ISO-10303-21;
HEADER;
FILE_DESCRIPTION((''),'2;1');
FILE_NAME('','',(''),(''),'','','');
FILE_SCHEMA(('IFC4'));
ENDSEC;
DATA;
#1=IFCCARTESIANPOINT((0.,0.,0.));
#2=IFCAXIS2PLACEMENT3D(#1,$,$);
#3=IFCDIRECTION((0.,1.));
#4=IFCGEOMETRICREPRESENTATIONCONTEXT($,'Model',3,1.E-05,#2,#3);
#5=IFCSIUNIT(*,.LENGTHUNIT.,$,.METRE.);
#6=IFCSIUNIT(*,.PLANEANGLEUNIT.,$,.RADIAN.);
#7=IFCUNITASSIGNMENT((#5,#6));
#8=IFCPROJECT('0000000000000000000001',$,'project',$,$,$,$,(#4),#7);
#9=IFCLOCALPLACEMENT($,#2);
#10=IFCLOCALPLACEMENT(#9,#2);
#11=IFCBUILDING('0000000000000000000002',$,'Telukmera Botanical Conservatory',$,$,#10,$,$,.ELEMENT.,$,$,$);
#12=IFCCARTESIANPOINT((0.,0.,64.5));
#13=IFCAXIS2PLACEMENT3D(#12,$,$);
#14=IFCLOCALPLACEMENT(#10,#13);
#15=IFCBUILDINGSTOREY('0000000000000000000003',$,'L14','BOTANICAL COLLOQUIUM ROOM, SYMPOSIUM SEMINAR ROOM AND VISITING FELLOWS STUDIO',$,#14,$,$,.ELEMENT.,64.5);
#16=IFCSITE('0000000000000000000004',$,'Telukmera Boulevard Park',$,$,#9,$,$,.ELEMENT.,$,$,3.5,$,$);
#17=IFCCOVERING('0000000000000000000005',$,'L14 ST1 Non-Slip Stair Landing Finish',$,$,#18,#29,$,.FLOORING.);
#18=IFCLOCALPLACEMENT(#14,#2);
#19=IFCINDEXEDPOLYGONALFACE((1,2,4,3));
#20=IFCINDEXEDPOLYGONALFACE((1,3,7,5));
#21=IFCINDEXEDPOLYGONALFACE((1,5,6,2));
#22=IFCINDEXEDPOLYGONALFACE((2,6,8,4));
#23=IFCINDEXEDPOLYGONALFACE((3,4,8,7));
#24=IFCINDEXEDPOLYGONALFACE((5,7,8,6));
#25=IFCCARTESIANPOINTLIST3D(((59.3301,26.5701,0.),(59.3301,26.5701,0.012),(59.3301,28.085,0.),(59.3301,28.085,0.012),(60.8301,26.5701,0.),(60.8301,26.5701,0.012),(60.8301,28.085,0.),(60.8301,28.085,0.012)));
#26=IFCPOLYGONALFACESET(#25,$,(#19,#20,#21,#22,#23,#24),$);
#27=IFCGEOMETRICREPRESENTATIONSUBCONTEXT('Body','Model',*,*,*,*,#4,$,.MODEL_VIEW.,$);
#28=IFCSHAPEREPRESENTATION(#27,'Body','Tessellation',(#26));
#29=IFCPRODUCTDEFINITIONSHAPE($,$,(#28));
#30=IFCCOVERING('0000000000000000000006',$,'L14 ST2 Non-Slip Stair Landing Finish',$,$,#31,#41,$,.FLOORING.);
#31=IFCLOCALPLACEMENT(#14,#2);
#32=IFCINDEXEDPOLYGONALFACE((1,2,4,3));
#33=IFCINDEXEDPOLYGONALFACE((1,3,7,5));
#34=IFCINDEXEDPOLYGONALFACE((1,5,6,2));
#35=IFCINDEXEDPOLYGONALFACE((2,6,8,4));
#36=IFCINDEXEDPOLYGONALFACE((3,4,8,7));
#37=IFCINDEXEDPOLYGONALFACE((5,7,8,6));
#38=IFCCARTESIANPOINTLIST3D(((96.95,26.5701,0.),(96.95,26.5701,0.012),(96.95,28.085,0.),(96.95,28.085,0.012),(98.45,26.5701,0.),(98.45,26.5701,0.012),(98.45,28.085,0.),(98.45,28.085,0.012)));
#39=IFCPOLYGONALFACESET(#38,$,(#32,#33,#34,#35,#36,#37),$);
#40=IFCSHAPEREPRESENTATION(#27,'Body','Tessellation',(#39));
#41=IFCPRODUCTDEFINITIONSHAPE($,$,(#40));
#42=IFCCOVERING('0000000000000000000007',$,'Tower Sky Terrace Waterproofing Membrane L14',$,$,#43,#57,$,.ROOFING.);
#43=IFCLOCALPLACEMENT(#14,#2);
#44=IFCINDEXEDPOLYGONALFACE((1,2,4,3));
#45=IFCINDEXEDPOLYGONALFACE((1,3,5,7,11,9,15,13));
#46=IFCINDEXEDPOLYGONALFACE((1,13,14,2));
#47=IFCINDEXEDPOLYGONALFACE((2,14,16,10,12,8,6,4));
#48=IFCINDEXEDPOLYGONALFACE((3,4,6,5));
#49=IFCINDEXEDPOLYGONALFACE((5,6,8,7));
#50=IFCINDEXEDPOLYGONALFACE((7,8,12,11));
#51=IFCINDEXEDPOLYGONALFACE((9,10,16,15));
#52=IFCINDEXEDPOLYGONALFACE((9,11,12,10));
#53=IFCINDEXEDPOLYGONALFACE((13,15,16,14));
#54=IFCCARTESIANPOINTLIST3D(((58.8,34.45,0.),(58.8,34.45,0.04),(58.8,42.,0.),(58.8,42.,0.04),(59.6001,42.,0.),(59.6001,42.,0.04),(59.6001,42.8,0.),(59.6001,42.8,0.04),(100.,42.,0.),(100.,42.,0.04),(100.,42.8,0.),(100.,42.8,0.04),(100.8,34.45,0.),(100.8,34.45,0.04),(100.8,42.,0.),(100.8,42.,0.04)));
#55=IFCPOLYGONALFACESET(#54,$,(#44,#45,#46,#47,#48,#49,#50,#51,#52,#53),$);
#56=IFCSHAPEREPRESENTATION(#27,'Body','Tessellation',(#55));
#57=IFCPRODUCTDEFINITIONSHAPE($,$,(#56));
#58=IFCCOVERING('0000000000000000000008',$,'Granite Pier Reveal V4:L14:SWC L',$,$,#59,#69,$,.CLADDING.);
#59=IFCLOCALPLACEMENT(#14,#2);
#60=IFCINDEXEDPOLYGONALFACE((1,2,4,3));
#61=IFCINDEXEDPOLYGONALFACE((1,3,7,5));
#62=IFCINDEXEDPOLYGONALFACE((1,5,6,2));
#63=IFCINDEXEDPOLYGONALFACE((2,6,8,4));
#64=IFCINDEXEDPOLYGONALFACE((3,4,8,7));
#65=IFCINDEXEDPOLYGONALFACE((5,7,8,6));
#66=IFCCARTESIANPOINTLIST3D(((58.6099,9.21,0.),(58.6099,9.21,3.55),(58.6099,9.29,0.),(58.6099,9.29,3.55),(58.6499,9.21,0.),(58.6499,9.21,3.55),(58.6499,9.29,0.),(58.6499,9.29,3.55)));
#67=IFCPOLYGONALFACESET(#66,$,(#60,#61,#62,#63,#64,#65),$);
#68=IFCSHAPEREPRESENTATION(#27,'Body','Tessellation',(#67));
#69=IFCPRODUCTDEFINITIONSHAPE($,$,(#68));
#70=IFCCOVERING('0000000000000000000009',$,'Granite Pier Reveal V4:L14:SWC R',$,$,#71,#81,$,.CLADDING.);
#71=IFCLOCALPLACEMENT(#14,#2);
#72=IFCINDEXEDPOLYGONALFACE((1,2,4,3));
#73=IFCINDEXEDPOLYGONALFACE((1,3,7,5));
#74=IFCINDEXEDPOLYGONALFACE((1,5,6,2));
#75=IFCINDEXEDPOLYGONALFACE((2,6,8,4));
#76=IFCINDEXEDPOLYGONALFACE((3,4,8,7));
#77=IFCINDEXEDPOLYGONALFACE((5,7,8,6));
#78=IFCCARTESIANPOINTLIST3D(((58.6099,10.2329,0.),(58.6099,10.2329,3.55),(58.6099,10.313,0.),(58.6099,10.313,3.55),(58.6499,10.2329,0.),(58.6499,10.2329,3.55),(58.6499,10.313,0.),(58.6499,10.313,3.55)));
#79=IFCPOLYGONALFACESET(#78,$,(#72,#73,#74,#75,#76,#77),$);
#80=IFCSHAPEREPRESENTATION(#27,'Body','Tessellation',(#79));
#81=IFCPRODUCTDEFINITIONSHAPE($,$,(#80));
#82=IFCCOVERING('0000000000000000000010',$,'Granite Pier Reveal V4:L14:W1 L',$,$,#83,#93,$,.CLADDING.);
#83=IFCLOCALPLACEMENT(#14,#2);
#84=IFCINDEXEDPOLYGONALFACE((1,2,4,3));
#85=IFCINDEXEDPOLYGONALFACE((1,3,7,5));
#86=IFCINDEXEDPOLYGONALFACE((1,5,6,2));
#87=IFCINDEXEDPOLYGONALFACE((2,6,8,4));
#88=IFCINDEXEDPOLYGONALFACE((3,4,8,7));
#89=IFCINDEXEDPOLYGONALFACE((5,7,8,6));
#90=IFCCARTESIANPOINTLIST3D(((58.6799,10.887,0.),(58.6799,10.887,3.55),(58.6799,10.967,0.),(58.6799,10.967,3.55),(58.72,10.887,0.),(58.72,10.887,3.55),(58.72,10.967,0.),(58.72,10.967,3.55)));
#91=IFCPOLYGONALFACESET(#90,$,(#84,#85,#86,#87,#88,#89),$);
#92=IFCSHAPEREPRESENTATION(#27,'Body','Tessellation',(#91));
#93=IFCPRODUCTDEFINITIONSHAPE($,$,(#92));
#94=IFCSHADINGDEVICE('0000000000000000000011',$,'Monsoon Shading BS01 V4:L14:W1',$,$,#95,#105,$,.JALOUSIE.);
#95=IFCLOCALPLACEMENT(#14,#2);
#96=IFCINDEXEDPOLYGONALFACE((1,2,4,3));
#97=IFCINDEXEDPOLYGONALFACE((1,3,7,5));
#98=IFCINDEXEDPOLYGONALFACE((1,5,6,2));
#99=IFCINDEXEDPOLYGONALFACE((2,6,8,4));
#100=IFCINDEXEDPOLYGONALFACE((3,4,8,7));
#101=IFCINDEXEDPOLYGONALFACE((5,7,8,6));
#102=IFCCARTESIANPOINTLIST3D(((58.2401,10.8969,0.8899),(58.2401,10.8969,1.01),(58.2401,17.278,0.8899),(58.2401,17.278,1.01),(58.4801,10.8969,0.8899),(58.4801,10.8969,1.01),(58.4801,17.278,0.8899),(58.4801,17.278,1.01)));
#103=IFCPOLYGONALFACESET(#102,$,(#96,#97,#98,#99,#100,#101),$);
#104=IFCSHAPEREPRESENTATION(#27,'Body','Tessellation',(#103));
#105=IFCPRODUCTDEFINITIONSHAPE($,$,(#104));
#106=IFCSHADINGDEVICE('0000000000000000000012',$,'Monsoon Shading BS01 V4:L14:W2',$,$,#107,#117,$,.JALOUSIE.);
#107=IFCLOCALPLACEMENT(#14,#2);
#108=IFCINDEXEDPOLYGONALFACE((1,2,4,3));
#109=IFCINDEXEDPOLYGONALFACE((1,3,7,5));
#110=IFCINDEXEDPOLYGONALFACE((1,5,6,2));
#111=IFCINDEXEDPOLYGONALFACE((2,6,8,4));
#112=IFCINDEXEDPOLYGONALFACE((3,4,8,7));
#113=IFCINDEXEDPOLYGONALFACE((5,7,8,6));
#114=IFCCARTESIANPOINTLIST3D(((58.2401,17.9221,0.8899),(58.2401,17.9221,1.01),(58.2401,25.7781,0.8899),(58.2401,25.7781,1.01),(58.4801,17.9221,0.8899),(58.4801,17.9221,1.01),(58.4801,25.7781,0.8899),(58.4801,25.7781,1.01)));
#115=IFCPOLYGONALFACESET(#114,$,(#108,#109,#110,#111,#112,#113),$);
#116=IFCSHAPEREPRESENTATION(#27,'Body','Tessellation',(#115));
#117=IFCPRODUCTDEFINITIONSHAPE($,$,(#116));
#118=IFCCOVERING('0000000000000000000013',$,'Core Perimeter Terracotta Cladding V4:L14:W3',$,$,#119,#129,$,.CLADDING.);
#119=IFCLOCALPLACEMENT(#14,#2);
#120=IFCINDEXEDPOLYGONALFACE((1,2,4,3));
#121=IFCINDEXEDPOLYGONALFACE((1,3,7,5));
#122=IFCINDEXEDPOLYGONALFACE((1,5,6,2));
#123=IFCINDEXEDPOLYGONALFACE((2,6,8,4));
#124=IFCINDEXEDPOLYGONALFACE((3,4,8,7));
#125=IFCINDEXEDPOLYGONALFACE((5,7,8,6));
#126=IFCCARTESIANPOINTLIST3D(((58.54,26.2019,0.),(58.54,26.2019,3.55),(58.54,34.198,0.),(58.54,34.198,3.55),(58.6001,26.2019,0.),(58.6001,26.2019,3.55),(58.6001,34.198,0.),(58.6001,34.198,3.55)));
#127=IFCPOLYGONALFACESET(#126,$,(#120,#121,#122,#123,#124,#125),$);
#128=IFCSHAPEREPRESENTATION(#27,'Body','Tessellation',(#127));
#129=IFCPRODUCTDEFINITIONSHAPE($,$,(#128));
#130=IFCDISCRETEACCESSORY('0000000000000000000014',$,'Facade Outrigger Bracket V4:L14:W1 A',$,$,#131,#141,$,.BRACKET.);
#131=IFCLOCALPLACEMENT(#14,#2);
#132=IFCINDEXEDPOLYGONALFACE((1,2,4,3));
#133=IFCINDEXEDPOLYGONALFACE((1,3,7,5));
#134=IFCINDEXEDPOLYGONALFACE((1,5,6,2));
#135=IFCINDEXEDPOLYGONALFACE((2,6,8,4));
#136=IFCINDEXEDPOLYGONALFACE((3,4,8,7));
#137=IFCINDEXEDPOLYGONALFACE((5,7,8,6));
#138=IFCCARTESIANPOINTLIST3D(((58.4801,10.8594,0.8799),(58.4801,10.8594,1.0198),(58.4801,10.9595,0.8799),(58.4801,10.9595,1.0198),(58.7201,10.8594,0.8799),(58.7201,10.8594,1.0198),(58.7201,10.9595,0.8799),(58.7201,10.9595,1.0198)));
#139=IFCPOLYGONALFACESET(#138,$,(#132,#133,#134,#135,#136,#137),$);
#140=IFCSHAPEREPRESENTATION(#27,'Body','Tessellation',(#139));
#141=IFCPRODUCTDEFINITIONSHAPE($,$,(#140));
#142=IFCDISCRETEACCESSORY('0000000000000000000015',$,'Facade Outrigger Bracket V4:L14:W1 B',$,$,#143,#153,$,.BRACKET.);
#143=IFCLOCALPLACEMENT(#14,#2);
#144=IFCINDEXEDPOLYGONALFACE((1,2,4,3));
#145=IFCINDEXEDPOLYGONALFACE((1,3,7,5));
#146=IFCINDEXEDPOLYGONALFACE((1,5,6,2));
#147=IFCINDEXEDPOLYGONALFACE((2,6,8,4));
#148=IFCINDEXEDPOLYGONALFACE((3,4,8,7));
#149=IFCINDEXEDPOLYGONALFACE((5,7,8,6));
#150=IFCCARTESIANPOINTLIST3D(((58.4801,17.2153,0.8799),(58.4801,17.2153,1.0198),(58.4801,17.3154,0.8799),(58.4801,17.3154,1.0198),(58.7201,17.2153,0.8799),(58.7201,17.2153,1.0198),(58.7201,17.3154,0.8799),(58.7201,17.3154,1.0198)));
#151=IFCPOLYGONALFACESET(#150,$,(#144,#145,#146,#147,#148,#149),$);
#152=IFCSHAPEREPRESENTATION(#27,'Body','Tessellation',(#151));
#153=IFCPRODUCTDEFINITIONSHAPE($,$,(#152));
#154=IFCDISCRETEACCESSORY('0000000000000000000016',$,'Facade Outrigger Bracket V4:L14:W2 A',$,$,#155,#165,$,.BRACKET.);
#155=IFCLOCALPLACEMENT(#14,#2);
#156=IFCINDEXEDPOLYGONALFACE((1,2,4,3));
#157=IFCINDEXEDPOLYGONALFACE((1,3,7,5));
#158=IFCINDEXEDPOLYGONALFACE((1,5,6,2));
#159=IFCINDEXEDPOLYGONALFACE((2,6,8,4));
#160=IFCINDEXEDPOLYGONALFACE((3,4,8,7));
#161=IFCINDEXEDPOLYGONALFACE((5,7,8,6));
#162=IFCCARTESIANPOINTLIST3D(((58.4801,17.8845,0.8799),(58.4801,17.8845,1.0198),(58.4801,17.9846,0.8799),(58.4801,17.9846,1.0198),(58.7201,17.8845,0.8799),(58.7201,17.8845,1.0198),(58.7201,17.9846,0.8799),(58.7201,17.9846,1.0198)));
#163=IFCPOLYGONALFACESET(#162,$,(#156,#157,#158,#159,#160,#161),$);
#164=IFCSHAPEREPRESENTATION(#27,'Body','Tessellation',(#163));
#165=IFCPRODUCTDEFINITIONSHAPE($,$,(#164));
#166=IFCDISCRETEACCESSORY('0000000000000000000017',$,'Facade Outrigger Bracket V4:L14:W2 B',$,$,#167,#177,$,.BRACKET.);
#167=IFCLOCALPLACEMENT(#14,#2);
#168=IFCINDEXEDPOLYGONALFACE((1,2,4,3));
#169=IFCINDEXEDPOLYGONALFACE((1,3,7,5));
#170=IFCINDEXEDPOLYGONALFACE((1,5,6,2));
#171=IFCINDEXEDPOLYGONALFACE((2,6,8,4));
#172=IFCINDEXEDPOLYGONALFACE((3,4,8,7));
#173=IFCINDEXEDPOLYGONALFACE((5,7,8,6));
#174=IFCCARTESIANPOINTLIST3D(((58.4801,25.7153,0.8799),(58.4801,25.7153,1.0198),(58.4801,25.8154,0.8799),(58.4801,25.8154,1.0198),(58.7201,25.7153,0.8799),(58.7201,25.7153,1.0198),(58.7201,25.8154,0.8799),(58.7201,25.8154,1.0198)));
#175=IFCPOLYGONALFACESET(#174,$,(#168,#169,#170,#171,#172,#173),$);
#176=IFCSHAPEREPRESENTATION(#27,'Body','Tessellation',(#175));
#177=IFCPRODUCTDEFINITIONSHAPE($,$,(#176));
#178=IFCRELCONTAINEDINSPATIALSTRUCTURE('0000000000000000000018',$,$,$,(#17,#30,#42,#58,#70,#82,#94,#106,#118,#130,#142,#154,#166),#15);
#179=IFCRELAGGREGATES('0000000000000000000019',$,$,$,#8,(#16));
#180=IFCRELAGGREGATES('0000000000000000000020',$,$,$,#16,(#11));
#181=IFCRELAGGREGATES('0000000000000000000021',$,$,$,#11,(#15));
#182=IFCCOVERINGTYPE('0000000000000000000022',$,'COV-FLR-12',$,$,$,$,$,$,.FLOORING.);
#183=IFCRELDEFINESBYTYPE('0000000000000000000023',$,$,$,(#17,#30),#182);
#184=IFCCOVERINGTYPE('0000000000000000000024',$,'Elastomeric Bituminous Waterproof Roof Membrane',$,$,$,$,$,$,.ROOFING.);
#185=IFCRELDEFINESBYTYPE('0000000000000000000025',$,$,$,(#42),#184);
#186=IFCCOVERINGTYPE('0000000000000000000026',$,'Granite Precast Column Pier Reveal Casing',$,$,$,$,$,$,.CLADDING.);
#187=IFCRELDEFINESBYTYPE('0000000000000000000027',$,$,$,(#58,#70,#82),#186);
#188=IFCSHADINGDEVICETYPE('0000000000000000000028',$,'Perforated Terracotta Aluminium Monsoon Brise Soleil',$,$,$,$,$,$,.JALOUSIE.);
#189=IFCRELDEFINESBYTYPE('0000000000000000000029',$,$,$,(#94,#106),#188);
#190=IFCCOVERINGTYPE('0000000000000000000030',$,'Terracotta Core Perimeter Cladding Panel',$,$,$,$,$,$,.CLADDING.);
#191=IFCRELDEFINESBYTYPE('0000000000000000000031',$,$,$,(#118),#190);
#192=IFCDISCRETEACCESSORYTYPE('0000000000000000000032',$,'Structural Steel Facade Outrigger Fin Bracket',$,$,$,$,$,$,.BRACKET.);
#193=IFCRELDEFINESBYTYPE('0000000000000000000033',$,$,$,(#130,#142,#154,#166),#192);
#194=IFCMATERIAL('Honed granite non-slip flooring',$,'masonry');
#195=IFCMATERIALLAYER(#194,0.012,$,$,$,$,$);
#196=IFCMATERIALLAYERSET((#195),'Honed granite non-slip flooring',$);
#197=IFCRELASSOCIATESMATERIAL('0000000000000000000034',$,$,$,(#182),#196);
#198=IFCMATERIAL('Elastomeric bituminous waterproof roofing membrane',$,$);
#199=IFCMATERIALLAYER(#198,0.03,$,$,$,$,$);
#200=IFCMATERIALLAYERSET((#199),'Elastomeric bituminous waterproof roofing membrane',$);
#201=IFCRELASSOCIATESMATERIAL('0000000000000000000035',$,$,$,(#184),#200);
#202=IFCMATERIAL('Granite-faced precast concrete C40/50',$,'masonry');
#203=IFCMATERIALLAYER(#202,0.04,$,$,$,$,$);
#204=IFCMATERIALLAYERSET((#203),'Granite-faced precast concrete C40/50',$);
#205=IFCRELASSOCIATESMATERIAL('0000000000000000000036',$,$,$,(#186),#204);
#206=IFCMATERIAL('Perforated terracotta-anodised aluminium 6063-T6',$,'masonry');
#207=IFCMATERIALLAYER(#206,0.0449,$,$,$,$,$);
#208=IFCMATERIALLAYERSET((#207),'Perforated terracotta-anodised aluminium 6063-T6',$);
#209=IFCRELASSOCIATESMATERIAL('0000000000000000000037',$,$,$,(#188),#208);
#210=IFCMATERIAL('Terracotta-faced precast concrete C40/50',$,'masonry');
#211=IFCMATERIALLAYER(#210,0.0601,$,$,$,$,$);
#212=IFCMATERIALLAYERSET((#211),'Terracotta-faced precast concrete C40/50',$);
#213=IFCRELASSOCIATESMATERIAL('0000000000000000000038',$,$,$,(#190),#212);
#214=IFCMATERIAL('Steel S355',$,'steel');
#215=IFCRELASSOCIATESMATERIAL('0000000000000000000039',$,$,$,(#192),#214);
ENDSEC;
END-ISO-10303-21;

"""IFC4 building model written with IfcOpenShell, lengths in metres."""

from ifc_helpers import new_model, si_unit, direction, frame, origin, origin_2d, place, context, subcontext, project, spatial, polyline, rectangle, outline, extrude, material, layer, layer_set, type_object, element, save


model = new_model("IFC4")

# Units and contexts
model_context = context("Model", 3, precision=1e-05, world=origin(), true_north=direction((0.0, 1.0)))
body_context = subcontext(model_context, "Body", "Model", "MODEL_VIEW")
ifc_project = project(units=[si_unit("LENGTHUNIT", "METRE"), si_unit("PLANEANGLEUNIT", "RADIAN")], contexts=[model_context])

# Site, building, storey
site_placement = place(None, origin())
site = spatial("IfcSite", under=ifc_project, at=site_placement, Name="Telukmera Boulevard Park", CompositionType="ELEMENT", RefElevation=3.5)
building_placement = place(site_placement, origin())
building = spatial("IfcBuilding", under=site, at=building_placement, Name="Telukmera Botanical Conservatory", CompositionType="ELEMENT")
storey_placement = place(building_placement, frame((0.0, 0.0, 64.5)))
storey = spatial("IfcBuildingStorey", under=building, at=storey_placement, Name="L14", Description="BOTANICAL COLLOQUIUM ROOM, SYMPOSIUM SEMINAR ROOM AND VISITING FELLOWS STUDIO", CompositionType="ELEMENT", Elevation=64.5)

# Coverings
ifc_material_1 = material(Name="Honed granite non-slip flooring", Category="masonry")
ifc_layer_1 = layer(ifc_material_1, 0.012)
ifc_layer_set_1 = layer_set([ifc_layer_1], Name="Honed granite non-slip flooring")
covering_type_1 = type_object("IfcCoveringType", Name="COV-FLR-12", PredefinedType="FLOORING", material=ifc_layer_set_1)
covering_1_placement = place(storey_placement, origin())
element("IfcCovering", 1, at=covering_1_placement, inside=storey, type_object=covering_type_1, Name="L14 ST1 Non-Slip Stair Landing Finish", PredefinedType="FLOORING", context=body_context, shape_type="SweptSolid", body=[
    extrude(outline(polyline([(60.8301, 26.5701), (60.8301, 28.085), (59.3301, 28.085), (59.3301, 26.5701), (60.8301, 26.5701)])), origin(), (0.0, 0.0, 1.0), 0.012),
])
covering_2_placement = place(storey_placement, origin())
element("IfcCovering", 2, at=covering_2_placement, inside=storey, type_object=covering_type_1, Name="L14 ST2 Non-Slip Stair Landing Finish", PredefinedType="FLOORING", context=body_context, shape_type="SweptSolid", body=[
    extrude(outline(polyline([(98.45, 26.5701), (98.45, 28.085), (96.95, 28.085), (96.95, 26.5701), (98.45, 26.5701)])), origin(), (0.0, 0.0, 1.0), 0.012),
])
ifc_material_2 = material(Name="Elastomeric bituminous waterproof roofing membrane")
ifc_layer_2 = layer(ifc_material_2, 0.03)
ifc_layer_set_2 = layer_set([ifc_layer_2], Name="Elastomeric bituminous waterproof roofing membrane")
covering_type_2 = type_object("IfcCoveringType", Name="Elastomeric Bituminous Waterproof Roof Membrane", PredefinedType="ROOFING", material=ifc_layer_set_2)
covering_3_placement = place(storey_placement, origin())
element("IfcCovering", 3, at=covering_3_placement, inside=storey, type_object=covering_type_2, Name="Tower Sky Terrace Waterproofing Membrane L14", PredefinedType="ROOFING", context=body_context, shape_type="SweptSolid", body=[
    extrude(outline(polyline([(58.8, 34.45), (100.8, 34.45), (100.8, 42.0), (100.0, 42.0), (100.0, 42.8), (59.6001, 42.8), (59.6001, 42.0), (58.8, 42.0), (58.8, 34.45)])), origin(), (0.0, 0.0, 1.0), 0.04),
])
ifc_material_3 = material(Name="Granite-faced precast concrete C40/50", Category="masonry")
ifc_layer_3 = layer(ifc_material_3, 0.04)
ifc_layer_set_3 = layer_set([ifc_layer_3], Name="Granite-faced precast concrete C40/50")
covering_type_3 = type_object("IfcCoveringType", Name="Granite Precast Column Pier Reveal Casing", PredefinedType="CLADDING", material=ifc_layer_set_3)
for number, where, z_axis, x_axis, name in (
    (4, (58.6299, 9.25, 0.0), (0.0, 0.0, 1.0), (0.0, 1.0, 0.0), "Granite Pier Reveal V4:L14:SWC L"),
    (5, (58.6299, 10.2729, 0.0), (0.0, 0.0, 1.0), (0.0, 1.0, 0.0), "Granite Pier Reveal V4:L14:SWC R"),
    (6, (58.7, 10.927, 0.0), (0.0, 0.0, 1.0), (0.0, 1.0, 0.0), "Granite Pier Reveal V4:L14:W1 L"),
):
    element("IfcCovering", number, at=place(storey_placement, frame(where, z_axis=z_axis, x_axis=x_axis)), inside=storey, type_object=covering_type_3, Name=name, PredefinedType="CLADDING", context=body_context, shape_type="SweptSolid", body=[
        extrude(rectangle(XDim=0.0801, YDim=0.04, at=origin_2d()), origin(), (0.0, 0.0, 1.0), 3.55),
    ])

# Shading devices
ifc_material_4 = material(Name="Perforated terracotta-anodised aluminium 6063-T6", Category="masonry")
ifc_layer_4 = layer(ifc_material_4, 0.0449)
ifc_layer_set_4 = layer_set([ifc_layer_4], Name="Perforated terracotta-anodised aluminium 6063-T6")
shading_device_type = type_object("IfcShadingDeviceType", Name="Perforated Terracotta Aluminium Monsoon Brise Soleil", PredefinedType="JALOUSIE", material=ifc_layer_set_4)
shading_device_1_placement = place(storey_placement, frame((58.3601, 14.0874, 0.8899), z_axis=(0.0, 0.0, 1.0), x_axis=(0.0, 1.0, 0.0)))
element("IfcShadingDevice", 7, at=shading_device_1_placement, inside=storey, type_object=shading_device_type, Name="Monsoon Shading BS01 V4:L14:W1", PredefinedType="JALOUSIE", context=body_context, shape_type="SweptSolid", body=[
    extrude(rectangle(XDim=6.3811, YDim=0.24, at=origin_2d()), origin(), (0.0, 0.0, 1.0), 0.1201),
])
shading_device_2_placement = place(storey_placement, frame((58.3601, 21.8501, 0.8899), z_axis=(0.0, 0.0, 1.0), x_axis=(0.0, 1.0, 0.0)))
element("IfcShadingDevice", 8, at=shading_device_2_placement, inside=storey, type_object=shading_device_type, Name="Monsoon Shading BS01 V4:L14:W2", PredefinedType="JALOUSIE", context=body_context, shape_type="SweptSolid", body=[
    extrude(rectangle(XDim=7.856, YDim=0.24, at=origin_2d()), origin(), (0.0, 0.0, 1.0), 0.1201),
])

# Covering
ifc_material_5 = material(Name="Terracotta-faced precast concrete C40/50", Category="masonry")
ifc_layer_5 = layer(ifc_material_5, 0.0601)
ifc_layer_set_5 = layer_set([ifc_layer_5], Name="Terracotta-faced precast concrete C40/50")
covering_type_4 = type_object("IfcCoveringType", Name="Terracotta Core Perimeter Cladding Panel", PredefinedType="CLADDING", material=ifc_layer_set_5)
covering_4_placement = place(storey_placement, frame((58.5701, 30.2, 0.0), z_axis=(0.0, 0.0, 1.0), x_axis=(0.0, 1.0, 0.0)))
element("IfcCovering", 9, at=covering_4_placement, inside=storey, type_object=covering_type_4, Name="Core Perimeter Terracotta Cladding V4:L14:W3", PredefinedType="CLADDING", context=body_context, shape_type="SweptSolid", body=[
    extrude(rectangle(XDim=7.9961, YDim=0.0601, at=origin_2d()), origin(), (0.0, 0.0, 1.0), 3.55),
])

# Discrete accessories
ifc_material_6 = material(Name="Steel S355", Category="steel")
discrete_accessory_type = type_object("IfcDiscreteAccessoryType", Name="Structural Steel Facade Outrigger Fin Bracket", PredefinedType="BRACKET", material=ifc_material_6)
for number, where, z_axis, x_axis, name in (
    (10, (58.6001, 10.9094, 0.8799), (0.0, 0.0, 1.0), (0.0, 1.0, 0.0), "Facade Outrigger Bracket V4:L14:W1 A"),
    (11, (58.6001, 17.2654, 0.8799), (0.0, 0.0, 1.0), (0.0, 1.0, 0.0), "Facade Outrigger Bracket V4:L14:W1 B"),
    (12, (58.6001, 17.9346, 0.8799), (0.0, 0.0, 1.0), (0.0, 1.0, 0.0), "Facade Outrigger Bracket V4:L14:W2 A"),
    (13, (58.6001, 25.7654, 0.8799), (0.0, 0.0, 1.0), (0.0, 1.0, 0.0), "Facade Outrigger Bracket V4:L14:W2 B"),
):
    element("IfcDiscreteAccessory", number, at=place(storey_placement, frame(where, z_axis=z_axis, x_axis=x_axis)), inside=storey, type_object=discrete_accessory_type, Name=name, PredefinedType="BRACKET", context=body_context, shape_type="SweptSolid", body=[
        extrude(rectangle(XDim=0.1001, YDim=0.24, at=origin_2d()), origin(), (0.0, 0.0, 1.0), 0.1399),
    ])

save(model, "model.ifc")
